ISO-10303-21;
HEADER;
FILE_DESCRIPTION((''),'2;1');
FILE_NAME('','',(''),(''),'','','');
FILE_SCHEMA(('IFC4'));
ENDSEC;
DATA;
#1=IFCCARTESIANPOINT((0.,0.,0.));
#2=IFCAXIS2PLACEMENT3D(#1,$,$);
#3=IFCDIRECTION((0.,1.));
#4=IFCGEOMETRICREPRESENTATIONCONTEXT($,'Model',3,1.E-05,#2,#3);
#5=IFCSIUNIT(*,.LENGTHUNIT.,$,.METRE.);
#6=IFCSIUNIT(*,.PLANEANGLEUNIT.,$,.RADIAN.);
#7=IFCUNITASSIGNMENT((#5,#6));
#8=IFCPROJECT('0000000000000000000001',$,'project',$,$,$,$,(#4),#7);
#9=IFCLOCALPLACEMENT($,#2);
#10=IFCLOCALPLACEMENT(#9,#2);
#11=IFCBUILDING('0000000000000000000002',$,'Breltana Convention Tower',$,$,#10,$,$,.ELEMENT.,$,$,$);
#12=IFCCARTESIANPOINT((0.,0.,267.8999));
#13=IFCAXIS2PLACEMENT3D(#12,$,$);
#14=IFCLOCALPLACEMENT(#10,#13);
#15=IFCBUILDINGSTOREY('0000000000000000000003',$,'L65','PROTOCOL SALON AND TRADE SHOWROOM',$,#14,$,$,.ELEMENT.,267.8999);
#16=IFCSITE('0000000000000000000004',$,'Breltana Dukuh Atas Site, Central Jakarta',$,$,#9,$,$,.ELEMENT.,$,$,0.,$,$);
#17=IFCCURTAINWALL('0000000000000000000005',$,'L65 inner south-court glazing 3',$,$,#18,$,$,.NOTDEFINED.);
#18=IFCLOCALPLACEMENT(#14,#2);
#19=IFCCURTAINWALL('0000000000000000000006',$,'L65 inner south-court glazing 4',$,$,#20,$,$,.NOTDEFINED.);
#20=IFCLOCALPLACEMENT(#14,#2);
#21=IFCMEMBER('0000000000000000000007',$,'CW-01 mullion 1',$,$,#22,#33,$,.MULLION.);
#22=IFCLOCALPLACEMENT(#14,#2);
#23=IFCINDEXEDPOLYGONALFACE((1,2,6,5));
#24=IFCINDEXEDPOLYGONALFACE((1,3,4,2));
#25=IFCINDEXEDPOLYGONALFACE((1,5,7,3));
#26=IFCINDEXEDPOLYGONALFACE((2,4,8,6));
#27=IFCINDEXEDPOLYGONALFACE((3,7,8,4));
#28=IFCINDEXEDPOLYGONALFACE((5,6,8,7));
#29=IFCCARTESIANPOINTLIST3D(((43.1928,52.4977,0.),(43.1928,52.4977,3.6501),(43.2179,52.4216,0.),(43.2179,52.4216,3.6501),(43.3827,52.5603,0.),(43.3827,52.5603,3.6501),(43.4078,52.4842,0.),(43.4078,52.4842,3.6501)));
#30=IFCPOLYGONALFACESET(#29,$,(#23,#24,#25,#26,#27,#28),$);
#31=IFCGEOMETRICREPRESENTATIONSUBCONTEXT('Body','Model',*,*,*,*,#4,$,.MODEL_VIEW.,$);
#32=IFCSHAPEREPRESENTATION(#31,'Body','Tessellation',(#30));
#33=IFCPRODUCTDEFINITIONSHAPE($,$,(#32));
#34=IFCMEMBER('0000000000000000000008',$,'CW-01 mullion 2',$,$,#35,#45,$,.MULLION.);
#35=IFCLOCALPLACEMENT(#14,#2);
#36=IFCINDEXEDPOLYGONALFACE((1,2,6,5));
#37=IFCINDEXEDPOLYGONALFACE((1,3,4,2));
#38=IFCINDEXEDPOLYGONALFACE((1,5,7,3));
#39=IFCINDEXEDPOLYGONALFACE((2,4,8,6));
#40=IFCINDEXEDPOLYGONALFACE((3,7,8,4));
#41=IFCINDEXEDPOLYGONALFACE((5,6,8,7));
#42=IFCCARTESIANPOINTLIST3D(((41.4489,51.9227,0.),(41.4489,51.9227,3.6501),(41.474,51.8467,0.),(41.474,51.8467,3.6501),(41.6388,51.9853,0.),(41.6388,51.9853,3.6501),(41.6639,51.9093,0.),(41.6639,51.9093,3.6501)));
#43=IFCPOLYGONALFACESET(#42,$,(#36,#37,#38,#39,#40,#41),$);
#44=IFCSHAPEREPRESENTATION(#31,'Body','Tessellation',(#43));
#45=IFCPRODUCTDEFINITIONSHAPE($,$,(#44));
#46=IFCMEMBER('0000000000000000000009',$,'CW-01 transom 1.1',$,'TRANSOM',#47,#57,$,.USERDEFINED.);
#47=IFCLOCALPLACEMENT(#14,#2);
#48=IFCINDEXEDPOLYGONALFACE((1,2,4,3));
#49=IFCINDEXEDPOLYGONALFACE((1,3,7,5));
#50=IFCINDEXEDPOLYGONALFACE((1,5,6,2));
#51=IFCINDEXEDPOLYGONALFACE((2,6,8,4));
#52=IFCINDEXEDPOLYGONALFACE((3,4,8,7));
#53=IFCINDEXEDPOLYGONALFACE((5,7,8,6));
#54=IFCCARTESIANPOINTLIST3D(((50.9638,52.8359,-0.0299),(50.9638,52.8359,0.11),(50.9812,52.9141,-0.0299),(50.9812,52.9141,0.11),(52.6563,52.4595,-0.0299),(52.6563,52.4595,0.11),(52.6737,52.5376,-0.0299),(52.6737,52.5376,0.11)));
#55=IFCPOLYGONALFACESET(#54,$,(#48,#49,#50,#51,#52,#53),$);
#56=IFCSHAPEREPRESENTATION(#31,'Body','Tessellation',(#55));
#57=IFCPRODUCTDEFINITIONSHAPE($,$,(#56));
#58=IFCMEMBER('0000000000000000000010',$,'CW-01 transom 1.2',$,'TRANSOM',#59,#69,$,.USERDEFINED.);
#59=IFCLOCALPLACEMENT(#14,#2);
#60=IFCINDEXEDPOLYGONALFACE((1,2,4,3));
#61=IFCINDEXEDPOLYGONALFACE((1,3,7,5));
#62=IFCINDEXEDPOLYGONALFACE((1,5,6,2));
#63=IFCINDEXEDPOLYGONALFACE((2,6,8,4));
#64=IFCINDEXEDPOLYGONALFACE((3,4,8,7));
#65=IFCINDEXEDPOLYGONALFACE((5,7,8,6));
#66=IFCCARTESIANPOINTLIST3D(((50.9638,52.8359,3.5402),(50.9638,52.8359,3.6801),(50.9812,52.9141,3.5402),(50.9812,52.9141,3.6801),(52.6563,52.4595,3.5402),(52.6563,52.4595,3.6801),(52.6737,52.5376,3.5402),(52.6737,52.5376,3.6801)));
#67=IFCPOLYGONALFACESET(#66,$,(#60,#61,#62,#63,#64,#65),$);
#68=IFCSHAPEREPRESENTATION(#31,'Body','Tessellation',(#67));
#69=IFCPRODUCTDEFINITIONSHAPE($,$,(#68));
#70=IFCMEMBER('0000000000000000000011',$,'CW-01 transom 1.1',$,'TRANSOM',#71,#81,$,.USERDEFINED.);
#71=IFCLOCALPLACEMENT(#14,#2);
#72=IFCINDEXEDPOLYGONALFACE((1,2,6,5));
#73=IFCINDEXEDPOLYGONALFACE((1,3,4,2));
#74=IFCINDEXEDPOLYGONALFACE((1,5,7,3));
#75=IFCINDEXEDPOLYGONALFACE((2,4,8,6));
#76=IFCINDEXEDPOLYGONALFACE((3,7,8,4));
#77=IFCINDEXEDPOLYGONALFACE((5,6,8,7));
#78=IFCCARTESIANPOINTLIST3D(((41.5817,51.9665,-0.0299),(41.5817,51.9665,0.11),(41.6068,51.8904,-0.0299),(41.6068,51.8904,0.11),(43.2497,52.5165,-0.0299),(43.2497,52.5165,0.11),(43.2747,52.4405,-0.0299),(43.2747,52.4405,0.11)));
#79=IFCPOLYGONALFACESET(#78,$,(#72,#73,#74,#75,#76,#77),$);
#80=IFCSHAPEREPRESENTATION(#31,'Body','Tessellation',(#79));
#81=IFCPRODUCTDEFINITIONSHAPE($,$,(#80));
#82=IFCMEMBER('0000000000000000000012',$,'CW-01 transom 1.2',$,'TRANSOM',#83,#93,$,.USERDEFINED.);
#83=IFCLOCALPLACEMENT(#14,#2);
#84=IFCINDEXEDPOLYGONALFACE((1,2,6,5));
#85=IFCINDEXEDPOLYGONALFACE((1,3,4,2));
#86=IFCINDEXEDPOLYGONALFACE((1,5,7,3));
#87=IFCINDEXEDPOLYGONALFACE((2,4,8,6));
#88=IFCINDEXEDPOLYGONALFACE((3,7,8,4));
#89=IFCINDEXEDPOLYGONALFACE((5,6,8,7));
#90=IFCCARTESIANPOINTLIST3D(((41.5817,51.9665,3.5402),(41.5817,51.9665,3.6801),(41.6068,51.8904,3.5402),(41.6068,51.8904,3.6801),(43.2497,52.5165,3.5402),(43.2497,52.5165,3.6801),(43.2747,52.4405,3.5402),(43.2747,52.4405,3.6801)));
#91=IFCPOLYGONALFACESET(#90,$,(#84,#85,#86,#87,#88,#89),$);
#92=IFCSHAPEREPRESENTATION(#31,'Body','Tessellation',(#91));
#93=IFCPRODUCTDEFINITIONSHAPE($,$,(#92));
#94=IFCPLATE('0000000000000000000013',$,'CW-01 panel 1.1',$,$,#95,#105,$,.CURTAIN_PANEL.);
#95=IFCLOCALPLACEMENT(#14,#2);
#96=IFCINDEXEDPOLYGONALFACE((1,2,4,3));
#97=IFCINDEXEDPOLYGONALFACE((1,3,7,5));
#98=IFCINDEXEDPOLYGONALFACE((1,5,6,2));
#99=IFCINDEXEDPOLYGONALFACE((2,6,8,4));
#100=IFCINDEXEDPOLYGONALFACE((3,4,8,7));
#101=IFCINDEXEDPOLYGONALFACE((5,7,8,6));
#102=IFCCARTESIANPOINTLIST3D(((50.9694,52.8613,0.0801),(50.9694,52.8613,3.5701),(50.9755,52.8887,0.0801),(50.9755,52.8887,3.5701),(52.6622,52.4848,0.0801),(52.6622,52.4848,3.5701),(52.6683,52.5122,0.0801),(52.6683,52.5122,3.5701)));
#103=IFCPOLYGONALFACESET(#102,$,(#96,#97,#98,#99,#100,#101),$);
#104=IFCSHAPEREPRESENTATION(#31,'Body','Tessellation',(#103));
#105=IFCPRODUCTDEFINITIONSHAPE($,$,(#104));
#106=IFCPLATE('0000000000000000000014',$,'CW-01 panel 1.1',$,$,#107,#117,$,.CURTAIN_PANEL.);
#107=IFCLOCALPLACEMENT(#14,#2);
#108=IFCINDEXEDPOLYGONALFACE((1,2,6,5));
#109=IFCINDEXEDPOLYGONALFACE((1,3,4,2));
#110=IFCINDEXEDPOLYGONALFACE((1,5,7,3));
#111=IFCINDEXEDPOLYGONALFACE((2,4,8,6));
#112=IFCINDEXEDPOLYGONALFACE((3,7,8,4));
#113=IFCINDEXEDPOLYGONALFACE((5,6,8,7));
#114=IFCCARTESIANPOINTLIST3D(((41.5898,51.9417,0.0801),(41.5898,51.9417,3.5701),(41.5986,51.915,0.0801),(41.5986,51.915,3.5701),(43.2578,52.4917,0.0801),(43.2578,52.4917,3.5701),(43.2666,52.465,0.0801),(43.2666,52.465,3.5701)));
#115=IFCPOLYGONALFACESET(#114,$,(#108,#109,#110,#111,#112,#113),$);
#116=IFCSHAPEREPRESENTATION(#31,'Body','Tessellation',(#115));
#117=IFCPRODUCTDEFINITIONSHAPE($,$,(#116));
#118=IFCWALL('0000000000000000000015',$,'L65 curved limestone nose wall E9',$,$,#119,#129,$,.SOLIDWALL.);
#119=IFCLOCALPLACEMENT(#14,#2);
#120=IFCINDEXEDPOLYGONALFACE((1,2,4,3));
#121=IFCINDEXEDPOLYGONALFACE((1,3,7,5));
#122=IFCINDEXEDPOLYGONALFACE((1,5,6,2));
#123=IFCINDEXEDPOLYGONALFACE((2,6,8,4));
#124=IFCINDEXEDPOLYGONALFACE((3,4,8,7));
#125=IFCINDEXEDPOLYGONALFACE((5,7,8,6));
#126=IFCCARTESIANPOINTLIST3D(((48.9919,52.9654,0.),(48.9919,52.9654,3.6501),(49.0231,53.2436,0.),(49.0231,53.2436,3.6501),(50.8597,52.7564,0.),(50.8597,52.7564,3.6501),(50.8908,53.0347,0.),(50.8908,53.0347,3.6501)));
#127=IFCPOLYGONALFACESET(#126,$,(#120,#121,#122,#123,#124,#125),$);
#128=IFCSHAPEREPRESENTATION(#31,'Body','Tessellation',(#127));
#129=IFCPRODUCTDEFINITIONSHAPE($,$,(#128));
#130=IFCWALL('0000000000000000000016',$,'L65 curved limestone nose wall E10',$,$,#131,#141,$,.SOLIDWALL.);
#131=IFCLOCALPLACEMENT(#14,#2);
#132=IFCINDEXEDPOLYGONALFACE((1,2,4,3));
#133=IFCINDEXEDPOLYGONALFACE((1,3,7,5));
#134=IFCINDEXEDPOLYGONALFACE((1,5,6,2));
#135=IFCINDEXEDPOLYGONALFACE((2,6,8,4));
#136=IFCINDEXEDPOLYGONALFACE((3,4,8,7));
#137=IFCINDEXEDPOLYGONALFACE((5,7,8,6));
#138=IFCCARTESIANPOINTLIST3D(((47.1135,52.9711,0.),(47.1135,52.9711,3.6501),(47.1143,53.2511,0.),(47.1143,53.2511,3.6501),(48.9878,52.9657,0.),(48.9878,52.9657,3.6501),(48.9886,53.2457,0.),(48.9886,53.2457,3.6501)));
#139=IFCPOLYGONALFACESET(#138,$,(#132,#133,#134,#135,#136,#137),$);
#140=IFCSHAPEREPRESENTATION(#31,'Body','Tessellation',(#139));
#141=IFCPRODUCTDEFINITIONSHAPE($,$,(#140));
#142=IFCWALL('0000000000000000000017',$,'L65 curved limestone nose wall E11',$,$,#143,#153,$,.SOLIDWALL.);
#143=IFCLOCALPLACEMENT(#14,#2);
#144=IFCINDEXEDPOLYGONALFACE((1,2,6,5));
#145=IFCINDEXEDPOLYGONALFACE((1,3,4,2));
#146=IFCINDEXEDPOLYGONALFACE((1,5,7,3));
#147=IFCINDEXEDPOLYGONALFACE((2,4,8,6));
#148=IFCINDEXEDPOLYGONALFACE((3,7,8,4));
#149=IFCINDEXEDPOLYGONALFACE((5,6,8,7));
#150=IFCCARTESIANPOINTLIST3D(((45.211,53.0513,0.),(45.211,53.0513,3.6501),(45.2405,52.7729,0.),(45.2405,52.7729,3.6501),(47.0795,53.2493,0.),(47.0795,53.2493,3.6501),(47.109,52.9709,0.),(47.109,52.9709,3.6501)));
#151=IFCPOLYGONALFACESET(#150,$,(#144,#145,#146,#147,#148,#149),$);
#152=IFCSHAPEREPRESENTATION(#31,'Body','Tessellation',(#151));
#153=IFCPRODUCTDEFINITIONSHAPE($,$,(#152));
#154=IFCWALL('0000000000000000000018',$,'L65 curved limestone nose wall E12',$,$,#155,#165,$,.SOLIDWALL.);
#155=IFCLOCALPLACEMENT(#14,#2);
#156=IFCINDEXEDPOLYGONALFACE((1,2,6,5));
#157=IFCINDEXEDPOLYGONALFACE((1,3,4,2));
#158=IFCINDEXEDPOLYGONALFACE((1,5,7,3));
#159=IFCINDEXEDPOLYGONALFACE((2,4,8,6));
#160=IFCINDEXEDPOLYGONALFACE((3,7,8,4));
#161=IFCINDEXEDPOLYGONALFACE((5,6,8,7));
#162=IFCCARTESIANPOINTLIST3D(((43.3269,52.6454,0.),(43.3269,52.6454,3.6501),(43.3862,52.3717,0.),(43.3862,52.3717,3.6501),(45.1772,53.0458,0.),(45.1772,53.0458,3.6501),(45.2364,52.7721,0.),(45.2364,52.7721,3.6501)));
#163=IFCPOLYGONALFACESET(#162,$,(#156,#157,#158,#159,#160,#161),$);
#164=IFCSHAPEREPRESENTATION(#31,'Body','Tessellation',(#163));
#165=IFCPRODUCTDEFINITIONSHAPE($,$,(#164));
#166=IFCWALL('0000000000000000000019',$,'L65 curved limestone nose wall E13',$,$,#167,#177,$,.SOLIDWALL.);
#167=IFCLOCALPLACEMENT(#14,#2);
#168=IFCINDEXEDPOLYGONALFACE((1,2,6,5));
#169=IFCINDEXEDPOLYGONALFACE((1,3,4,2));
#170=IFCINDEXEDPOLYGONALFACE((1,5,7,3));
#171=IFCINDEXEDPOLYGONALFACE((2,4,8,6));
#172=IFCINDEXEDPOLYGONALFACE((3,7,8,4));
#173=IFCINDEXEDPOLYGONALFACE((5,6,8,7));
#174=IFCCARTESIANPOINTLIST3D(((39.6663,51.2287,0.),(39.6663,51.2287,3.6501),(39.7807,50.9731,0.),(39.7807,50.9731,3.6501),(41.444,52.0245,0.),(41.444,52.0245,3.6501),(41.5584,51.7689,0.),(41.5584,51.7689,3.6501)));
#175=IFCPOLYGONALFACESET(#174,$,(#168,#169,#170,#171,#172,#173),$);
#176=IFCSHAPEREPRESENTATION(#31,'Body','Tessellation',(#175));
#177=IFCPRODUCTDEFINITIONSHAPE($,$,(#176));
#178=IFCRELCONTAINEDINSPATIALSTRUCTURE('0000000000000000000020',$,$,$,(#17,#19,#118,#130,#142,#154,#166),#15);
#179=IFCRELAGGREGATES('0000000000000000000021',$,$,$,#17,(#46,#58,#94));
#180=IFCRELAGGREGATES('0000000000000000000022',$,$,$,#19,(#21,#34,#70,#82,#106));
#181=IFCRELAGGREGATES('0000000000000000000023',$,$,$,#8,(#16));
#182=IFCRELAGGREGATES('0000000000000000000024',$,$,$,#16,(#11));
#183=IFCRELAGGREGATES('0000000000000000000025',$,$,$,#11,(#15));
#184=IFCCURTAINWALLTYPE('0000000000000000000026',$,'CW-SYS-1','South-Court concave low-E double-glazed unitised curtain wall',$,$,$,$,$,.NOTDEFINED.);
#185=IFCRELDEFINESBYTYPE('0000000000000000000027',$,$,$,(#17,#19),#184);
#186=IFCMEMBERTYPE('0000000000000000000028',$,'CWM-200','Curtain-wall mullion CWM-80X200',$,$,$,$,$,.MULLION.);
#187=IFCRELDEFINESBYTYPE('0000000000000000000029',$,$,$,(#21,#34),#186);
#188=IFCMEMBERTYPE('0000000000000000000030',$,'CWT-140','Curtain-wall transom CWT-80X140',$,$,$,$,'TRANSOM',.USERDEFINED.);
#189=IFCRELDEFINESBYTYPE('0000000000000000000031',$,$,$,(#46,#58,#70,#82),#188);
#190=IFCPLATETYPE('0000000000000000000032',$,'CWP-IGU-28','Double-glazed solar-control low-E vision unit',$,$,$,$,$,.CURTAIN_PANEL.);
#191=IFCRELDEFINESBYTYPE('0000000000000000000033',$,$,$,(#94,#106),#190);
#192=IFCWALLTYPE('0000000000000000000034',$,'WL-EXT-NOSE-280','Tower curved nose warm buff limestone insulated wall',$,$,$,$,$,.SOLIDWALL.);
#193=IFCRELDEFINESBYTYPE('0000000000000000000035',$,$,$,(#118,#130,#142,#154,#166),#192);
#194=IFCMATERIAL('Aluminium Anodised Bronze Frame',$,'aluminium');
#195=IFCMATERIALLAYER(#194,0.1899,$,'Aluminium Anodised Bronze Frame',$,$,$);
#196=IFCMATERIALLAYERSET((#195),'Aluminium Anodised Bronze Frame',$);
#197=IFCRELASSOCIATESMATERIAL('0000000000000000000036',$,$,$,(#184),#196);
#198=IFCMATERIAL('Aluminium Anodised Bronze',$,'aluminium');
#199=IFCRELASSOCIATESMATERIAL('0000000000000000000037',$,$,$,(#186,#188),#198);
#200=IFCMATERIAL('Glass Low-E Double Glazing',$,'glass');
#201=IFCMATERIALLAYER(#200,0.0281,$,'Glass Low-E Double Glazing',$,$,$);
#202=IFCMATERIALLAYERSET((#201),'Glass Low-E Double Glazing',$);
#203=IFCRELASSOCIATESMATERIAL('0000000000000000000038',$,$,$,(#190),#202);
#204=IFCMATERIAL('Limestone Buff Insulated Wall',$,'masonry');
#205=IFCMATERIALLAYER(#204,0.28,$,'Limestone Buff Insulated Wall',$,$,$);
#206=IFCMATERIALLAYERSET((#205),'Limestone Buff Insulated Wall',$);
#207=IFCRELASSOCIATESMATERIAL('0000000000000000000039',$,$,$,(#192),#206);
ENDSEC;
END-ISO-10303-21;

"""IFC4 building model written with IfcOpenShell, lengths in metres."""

from ifc_helpers import new_model, si_unit, direction, frame, frame_2d, origin, origin_2d, place, context, subcontext, project, spatial, rectangle, extrude, source, transform, mapped, material, layer, layer_set, material_profile, profile_set, type_object, element, aggregate, save


model = new_model("IFC4")

# Units and contexts
model_context = context("Model", 3, precision=1e-05, world=origin(), true_north=direction((0.0, 1.0)))
body_context = subcontext(model_context, "Body", "Model", "MODEL_VIEW")
ifc_project = project(units=[si_unit("LENGTHUNIT", "METRE"), si_unit("PLANEANGLEUNIT", "RADIAN")], contexts=[model_context])

# Site, building, storey
site_placement = place(None, origin())
site = spatial("IfcSite", under=ifc_project, at=site_placement, Name="Breltana Dukuh Atas Site, Central Jakarta", CompositionType="ELEMENT", RefElevation=0.0)
building_placement = place(site_placement, origin())
building = spatial("IfcBuilding", under=site, at=building_placement, Name="Breltana Convention Tower", CompositionType="ELEMENT")
storey_placement = place(building_placement, frame((0.0, 0.0, 267.8999)))
storey = spatial("IfcBuildingStorey", under=building, at=storey_placement, Name="L65", Description="PROTOCOL SALON AND TRADE SHOWROOM", CompositionType="ELEMENT", Elevation=267.8999)

# Curtain walls, members
ifc_material_1 = material(Name="Aluminium Anodised Bronze Frame", Category="aluminium")
ifc_layer_1 = layer(ifc_material_1, 0.1899, Name="Aluminium Anodised Bronze Frame")
ifc_layer_set_1 = layer_set([ifc_layer_1], Name="Aluminium Anodised Bronze Frame")
curtain_wall_type = type_object("IfcCurtainWallType", Name="CW-SYS-1", Description="South-Court concave low-E double-glazed unitised curtain wall", PredefinedType="NOTDEFINED", material=ifc_layer_set_1)
curtain_wall_1_placement = place(storey_placement, origin())
curtain_wall_1 = element("IfcCurtainWall", 1, at=curtain_wall_1_placement, inside=storey, type_object=curtain_wall_type, Name="L65 inner south-court glazing 3", PredefinedType="NOTDEFINED")
ifc_material_2 = material(Name="Aluminium Anodised Bronze", Category="aluminium")
ifc_material_profile_1 = material_profile(ifc_material_2, rectangle(XDim=0.0801, YDim=0.2, at=origin_2d()), Name="CWM-80X200")
ifc_profile_set_1 = profile_set([ifc_material_profile_1], Name="Aluminium Anodised Bronze")
member_type_1 = type_object("IfcMemberType", Name="CWM-200", Description="Curtain-wall mullion CWM-80X200", PredefinedType="MULLION", material=ifc_profile_set_1)
shared_shape_1 = source(origin(), body_context, "Body", "SweptSolid", [
    extrude(rectangle(XDim=0.0801, YDim=0.2, at=origin_2d()), origin(), (0.0, 0.0, 1.0), 3.6501),
])
curtain_wall_2_placement = place(storey_placement, origin())
curtain_wall_2 = element("IfcCurtainWall", 2, at=curtain_wall_2_placement, inside=storey, type_object=curtain_wall_type, Name="L65 inner south-court glazing 4", PredefinedType="NOTDEFINED")
member_1_placement = place(storey_placement, frame((43.3003, 52.491, 0.0), z_axis=(0.0, 0.0, 1.0), x_axis=(0.313158, -0.949701, 0.0)))
member_1 = element("IfcMember", 3, at=member_1_placement, type_object=member_type_1, Name="CW-01 mullion 1", PredefinedType="MULLION", context=body_context, shape_type="MappedRepresentation", body=[
    mapped(shared_shape_1, transform((0.0, 0.0, 0.0), scale=1.0)),
])
member_2_placement = place(storey_placement, frame((41.5564, 51.916, 0.0), z_axis=(0.0, 0.0, 1.0), x_axis=(0.313158, -0.949701, 0.0)))
member_2 = element("IfcMember", 4, at=member_2_placement, type_object=member_type_1, Name="CW-01 mullion 2", PredefinedType="MULLION", context=body_context, shape_type="MappedRepresentation", body=[
    mapped(shared_shape_1, transform((0.0, 0.0, 0.0), scale=1.0)),
])

# Members
ifc_material_profile_2 = material_profile(ifc_material_2, rectangle(XDim=0.0801, YDim=0.1399, at=origin_2d()), Name="CWT-80X140")
ifc_profile_set_2 = profile_set([ifc_material_profile_2], Name="Aluminium Anodised Bronze")
member_type_2 = type_object("IfcMemberType", Name="CWT-140", Description="Curtain-wall transom CWT-80X140", ElementType="TRANSOM", PredefinedType="USERDEFINED", material=ifc_profile_set_2)
shared_shape_2 = source(origin(), body_context, "Body", "SweptSolid", [
    extrude(rectangle(XDim=0.0801, YDim=0.1399, at=origin_2d()), origin(), (0.0, 0.0, 1.0), 1.7339),
])
member_3_placement = place(storey_placement, frame((52.665, 52.4985, 0.04), z_axis=(-0.976147, 0.217109, 0.0), x_axis=(-0.217109, -0.976147, 0.0)))
member_3 = element("IfcMember", 5, at=member_3_placement, type_object=member_type_2, Name="CW-01 transom 1.1", ObjectType="TRANSOM", PredefinedType="USERDEFINED", context=body_context, shape_type="MappedRepresentation", body=[
    mapped(shared_shape_2, transform((0.0, 0.0, 0.0), scale=1.0)),
])
member_4_placement = place(storey_placement, frame((52.665, 52.4985, 3.6101), z_axis=(-0.976147, 0.217109, 0.0), x_axis=(-0.217109, -0.976147, 0.0)))
member_4 = element("IfcMember", 6, at=member_4_placement, type_object=member_type_2, Name="CW-01 transom 1.2", ObjectType="TRANSOM", PredefinedType="USERDEFINED", context=body_context, shape_type="MappedRepresentation", body=[
    mapped(shared_shape_2, transform((0.0, 0.0, 0.0), scale=1.0)),
])
shared_shape_3 = source(origin(), body_context, "Body", "SweptSolid", [
    extrude(rectangle(XDim=0.0801, YDim=0.1399, at=origin_2d()), origin(), (0.0, 0.0, 1.0), 1.7563),
])
member_5_placement = place(storey_placement, frame((43.2622, 52.4785, 0.04), z_axis=(-0.949693, -0.313182, 0.0), x_axis=(0.313182, -0.949693, 0.0)))
member_5 = element("IfcMember", 7, at=member_5_placement, type_object=member_type_2, Name="CW-01 transom 1.1", ObjectType="TRANSOM", PredefinedType="USERDEFINED", context=body_context, shape_type="MappedRepresentation", body=[
    mapped(shared_shape_3, transform((0.0, 0.0, 0.0), scale=1.0)),
])
member_6_placement = place(storey_placement, frame((43.2622, 52.4785, 3.6101), z_axis=(-0.949693, -0.313182, 0.0), x_axis=(0.313182, -0.949693, 0.0)))
member_6 = element("IfcMember", 8, at=member_6_placement, type_object=member_type_2, Name="CW-01 transom 1.2", ObjectType="TRANSOM", PredefinedType="USERDEFINED", context=body_context, shape_type="MappedRepresentation", body=[
    mapped(shared_shape_3, transform((0.0, 0.0, 0.0), scale=1.0)),
])

# Plates
ifc_material_3 = material(Name="Glass Low-E Double Glazing", Category="glass")
ifc_layer_2 = layer(ifc_material_3, 0.0281, Name="Glass Low-E Double Glazing")
ifc_layer_set_2 = layer_set([ifc_layer_2], Name="Glass Low-E Double Glazing")
plate_type = type_object("IfcPlateType", Name="CWP-IGU-28", Description="Double-glazed solar-control low-E vision unit", PredefinedType="CURTAIN_PANEL", material=ifc_layer_set_2)
shared_shape_4 = source(origin(), body_context, "Body", "SweptSolid", [
    extrude(rectangle(XDim=1.7341, YDim=0.0281, at=origin_2d()), origin(), (0.0, 0.0, 1.0), 3.49),
])
plate_1_placement = place(storey_placement, frame((51.8188, 52.6868, 0.0801), z_axis=(0.0, 0.0, 1.0), x_axis=(-0.97615, 0.217098, 0.0)))
plate_1 = element("IfcPlate", 9, at=plate_1_placement, type_object=plate_type, Name="CW-01 panel 1.1", PredefinedType="CURTAIN_PANEL", context=body_context, shape_type="MappedRepresentation", body=[
    mapped(shared_shape_4, transform((0.0, 0.0, 0.0), scale=1.0)),
])
aggregate(curtain_wall_1, [member_3, member_4, plate_1])
shared_shape_5 = source(origin(), body_context, "Body", "SweptSolid", [
    extrude(rectangle(XDim=1.7563, YDim=0.0281, at=origin_2d()), origin(), (0.0, 0.0, 1.0), 3.49),
])
plate_2_placement = place(storey_placement, frame((42.4282, 52.2034, 0.0801), z_axis=(0.0, 0.0, 1.0), x_axis=(-0.949701, -0.313158, 0.0)))
plate_2 = element("IfcPlate", 10, at=plate_2_placement, type_object=plate_type, Name="CW-01 panel 1.1", PredefinedType="CURTAIN_PANEL", context=body_context, shape_type="MappedRepresentation", body=[
    mapped(shared_shape_5, transform((0.0, 0.0, 0.0), scale=1.0)),
])
aggregate(curtain_wall_2, [member_1, member_2, member_5, member_6, plate_2])

# Walls
ifc_material_4 = material(Name="Limestone Buff Insulated Wall", Category="masonry")
ifc_layer_3 = layer(ifc_material_4, 0.28, Name="Limestone Buff Insulated Wall")
ifc_layer_set_3 = layer_set([ifc_layer_3], Name="Limestone Buff Insulated Wall")
wall_type_1 = type_object("IfcWallType", Name="WL-EXT-NOSE-280", Description="Tower curved nose warm buff limestone insulated wall", PredefinedType="SOLIDWALL", material=ifc_layer_set_3)
shared_shape_6 = source(origin(), body_context, "Body", "SweptSolid", [
    extrude(rectangle(XDim=1.8794, YDim=0.28, at=frame_2d((0.9397, 0.0))), origin(), (0.0, 0.0, 1.0), 3.6501),
])
wall_1_placement = place(storey_placement, frame((50.8752, 52.8955, 0.0), z_axis=(0.0, 0.0, 1.0), x_axis=(-0.993798, 0.111201, 0.0)))
element("IfcWall", 11, at=wall_1_placement, inside=storey, type_object=wall_type_1, Name="L65 curved limestone nose wall E9", PredefinedType="SOLIDWALL", context=body_context, shape_type="MappedRepresentation", body=[
    mapped(shared_shape_6, transform((0.0, 0.0, 0.0), scale=1.0)),
])
shared_shape_7 = source(origin(), body_context, "Body", "SweptSolid", [
    extrude(rectangle(XDim=1.8743, YDim=0.28, at=frame_2d((0.937, 0.0))), origin(), (0.0, 0.0, 1.0), 3.6501),
])
wall_2_placement = place(storey_placement, frame((48.988, 53.1057, 0.0), z_axis=(0.0, 0.0, 1.0), x_axis=(-0.999996, 0.002866, 0.0)))
element("IfcWall", 12, at=wall_2_placement, inside=storey, type_object=wall_type_1, Name="L65 curved limestone nose wall E10", PredefinedType="SOLIDWALL", context=body_context, shape_type="MappedRepresentation", body=[
    mapped(shared_shape_7, transform((0.0, 0.0, 0.0), scale=1.0)),
])
shared_shape_8 = source(origin(), body_context, "Body", "SweptSolid", [
    extrude(rectangle(XDim=1.8789, YDim=0.28, at=frame_2d((0.9395, 0.0))), origin(), (0.0, 0.0, 1.0), 3.6501),
])
wall_3_placement = place(storey_placement, frame((47.0942, 53.1101, 0.0), z_axis=(0.0, 0.0, 1.0), x_axis=(-0.994432, -0.105381, 0.0)))
element("IfcWall", 13, at=wall_3_placement, inside=storey, type_object=wall_type_1, Name="L65 curved limestone nose wall E11", PredefinedType="SOLIDWALL", context=body_context, shape_type="MappedRepresentation", body=[
    mapped(shared_shape_8, transform((0.0, 0.0, 0.0), scale=1.0)),
])
shared_shape_9 = source(origin(), body_context, "Body", "SweptSolid", [
    extrude(rectangle(XDim=1.8931, YDim=0.28, at=frame_2d((0.9465, 0.0))), origin(), (0.0, 0.0, 1.0), 3.6501),
])
wall_4_placement = place(storey_placement, frame((45.2068, 52.9089, 0.0), z_axis=(0.0, 0.0, 1.0), x_axis=(-0.97738, -0.211493, 0.0)))
element("IfcWall", 14, at=wall_4_placement, inside=storey, type_object=wall_type_1, Name="L65 curved limestone nose wall E12", PredefinedType="SOLIDWALL", context=body_context, shape_type="MappedRepresentation", body=[
    mapped(shared_shape_9, transform((0.0, 0.0, 0.0), scale=1.0)),
])
shared_shape_10 = source(origin(), body_context, "Body", "SweptSolid", [
    extrude(rectangle(XDim=1.9478, YDim=0.28, at=frame_2d((0.9739, 0.0))), origin(), (0.0, 0.0, 1.0), 3.6501),
])
wall_5_placement = place(storey_placement, frame((41.5012, 51.8967, 0.0), z_axis=(0.0, 0.0, 1.0), x_axis=(-0.912712, -0.408602, 0.0)))
element("IfcWall", 15, at=wall_5_placement, inside=storey, type_object=wall_type_1, Name="L65 curved limestone nose wall E13", PredefinedType="SOLIDWALL", context=body_context, shape_type="MappedRepresentation", body=[
    mapped(shared_shape_10, transform((0.0, 0.0, 0.0), scale=1.0)),
])

save(model, "model.ifc")
